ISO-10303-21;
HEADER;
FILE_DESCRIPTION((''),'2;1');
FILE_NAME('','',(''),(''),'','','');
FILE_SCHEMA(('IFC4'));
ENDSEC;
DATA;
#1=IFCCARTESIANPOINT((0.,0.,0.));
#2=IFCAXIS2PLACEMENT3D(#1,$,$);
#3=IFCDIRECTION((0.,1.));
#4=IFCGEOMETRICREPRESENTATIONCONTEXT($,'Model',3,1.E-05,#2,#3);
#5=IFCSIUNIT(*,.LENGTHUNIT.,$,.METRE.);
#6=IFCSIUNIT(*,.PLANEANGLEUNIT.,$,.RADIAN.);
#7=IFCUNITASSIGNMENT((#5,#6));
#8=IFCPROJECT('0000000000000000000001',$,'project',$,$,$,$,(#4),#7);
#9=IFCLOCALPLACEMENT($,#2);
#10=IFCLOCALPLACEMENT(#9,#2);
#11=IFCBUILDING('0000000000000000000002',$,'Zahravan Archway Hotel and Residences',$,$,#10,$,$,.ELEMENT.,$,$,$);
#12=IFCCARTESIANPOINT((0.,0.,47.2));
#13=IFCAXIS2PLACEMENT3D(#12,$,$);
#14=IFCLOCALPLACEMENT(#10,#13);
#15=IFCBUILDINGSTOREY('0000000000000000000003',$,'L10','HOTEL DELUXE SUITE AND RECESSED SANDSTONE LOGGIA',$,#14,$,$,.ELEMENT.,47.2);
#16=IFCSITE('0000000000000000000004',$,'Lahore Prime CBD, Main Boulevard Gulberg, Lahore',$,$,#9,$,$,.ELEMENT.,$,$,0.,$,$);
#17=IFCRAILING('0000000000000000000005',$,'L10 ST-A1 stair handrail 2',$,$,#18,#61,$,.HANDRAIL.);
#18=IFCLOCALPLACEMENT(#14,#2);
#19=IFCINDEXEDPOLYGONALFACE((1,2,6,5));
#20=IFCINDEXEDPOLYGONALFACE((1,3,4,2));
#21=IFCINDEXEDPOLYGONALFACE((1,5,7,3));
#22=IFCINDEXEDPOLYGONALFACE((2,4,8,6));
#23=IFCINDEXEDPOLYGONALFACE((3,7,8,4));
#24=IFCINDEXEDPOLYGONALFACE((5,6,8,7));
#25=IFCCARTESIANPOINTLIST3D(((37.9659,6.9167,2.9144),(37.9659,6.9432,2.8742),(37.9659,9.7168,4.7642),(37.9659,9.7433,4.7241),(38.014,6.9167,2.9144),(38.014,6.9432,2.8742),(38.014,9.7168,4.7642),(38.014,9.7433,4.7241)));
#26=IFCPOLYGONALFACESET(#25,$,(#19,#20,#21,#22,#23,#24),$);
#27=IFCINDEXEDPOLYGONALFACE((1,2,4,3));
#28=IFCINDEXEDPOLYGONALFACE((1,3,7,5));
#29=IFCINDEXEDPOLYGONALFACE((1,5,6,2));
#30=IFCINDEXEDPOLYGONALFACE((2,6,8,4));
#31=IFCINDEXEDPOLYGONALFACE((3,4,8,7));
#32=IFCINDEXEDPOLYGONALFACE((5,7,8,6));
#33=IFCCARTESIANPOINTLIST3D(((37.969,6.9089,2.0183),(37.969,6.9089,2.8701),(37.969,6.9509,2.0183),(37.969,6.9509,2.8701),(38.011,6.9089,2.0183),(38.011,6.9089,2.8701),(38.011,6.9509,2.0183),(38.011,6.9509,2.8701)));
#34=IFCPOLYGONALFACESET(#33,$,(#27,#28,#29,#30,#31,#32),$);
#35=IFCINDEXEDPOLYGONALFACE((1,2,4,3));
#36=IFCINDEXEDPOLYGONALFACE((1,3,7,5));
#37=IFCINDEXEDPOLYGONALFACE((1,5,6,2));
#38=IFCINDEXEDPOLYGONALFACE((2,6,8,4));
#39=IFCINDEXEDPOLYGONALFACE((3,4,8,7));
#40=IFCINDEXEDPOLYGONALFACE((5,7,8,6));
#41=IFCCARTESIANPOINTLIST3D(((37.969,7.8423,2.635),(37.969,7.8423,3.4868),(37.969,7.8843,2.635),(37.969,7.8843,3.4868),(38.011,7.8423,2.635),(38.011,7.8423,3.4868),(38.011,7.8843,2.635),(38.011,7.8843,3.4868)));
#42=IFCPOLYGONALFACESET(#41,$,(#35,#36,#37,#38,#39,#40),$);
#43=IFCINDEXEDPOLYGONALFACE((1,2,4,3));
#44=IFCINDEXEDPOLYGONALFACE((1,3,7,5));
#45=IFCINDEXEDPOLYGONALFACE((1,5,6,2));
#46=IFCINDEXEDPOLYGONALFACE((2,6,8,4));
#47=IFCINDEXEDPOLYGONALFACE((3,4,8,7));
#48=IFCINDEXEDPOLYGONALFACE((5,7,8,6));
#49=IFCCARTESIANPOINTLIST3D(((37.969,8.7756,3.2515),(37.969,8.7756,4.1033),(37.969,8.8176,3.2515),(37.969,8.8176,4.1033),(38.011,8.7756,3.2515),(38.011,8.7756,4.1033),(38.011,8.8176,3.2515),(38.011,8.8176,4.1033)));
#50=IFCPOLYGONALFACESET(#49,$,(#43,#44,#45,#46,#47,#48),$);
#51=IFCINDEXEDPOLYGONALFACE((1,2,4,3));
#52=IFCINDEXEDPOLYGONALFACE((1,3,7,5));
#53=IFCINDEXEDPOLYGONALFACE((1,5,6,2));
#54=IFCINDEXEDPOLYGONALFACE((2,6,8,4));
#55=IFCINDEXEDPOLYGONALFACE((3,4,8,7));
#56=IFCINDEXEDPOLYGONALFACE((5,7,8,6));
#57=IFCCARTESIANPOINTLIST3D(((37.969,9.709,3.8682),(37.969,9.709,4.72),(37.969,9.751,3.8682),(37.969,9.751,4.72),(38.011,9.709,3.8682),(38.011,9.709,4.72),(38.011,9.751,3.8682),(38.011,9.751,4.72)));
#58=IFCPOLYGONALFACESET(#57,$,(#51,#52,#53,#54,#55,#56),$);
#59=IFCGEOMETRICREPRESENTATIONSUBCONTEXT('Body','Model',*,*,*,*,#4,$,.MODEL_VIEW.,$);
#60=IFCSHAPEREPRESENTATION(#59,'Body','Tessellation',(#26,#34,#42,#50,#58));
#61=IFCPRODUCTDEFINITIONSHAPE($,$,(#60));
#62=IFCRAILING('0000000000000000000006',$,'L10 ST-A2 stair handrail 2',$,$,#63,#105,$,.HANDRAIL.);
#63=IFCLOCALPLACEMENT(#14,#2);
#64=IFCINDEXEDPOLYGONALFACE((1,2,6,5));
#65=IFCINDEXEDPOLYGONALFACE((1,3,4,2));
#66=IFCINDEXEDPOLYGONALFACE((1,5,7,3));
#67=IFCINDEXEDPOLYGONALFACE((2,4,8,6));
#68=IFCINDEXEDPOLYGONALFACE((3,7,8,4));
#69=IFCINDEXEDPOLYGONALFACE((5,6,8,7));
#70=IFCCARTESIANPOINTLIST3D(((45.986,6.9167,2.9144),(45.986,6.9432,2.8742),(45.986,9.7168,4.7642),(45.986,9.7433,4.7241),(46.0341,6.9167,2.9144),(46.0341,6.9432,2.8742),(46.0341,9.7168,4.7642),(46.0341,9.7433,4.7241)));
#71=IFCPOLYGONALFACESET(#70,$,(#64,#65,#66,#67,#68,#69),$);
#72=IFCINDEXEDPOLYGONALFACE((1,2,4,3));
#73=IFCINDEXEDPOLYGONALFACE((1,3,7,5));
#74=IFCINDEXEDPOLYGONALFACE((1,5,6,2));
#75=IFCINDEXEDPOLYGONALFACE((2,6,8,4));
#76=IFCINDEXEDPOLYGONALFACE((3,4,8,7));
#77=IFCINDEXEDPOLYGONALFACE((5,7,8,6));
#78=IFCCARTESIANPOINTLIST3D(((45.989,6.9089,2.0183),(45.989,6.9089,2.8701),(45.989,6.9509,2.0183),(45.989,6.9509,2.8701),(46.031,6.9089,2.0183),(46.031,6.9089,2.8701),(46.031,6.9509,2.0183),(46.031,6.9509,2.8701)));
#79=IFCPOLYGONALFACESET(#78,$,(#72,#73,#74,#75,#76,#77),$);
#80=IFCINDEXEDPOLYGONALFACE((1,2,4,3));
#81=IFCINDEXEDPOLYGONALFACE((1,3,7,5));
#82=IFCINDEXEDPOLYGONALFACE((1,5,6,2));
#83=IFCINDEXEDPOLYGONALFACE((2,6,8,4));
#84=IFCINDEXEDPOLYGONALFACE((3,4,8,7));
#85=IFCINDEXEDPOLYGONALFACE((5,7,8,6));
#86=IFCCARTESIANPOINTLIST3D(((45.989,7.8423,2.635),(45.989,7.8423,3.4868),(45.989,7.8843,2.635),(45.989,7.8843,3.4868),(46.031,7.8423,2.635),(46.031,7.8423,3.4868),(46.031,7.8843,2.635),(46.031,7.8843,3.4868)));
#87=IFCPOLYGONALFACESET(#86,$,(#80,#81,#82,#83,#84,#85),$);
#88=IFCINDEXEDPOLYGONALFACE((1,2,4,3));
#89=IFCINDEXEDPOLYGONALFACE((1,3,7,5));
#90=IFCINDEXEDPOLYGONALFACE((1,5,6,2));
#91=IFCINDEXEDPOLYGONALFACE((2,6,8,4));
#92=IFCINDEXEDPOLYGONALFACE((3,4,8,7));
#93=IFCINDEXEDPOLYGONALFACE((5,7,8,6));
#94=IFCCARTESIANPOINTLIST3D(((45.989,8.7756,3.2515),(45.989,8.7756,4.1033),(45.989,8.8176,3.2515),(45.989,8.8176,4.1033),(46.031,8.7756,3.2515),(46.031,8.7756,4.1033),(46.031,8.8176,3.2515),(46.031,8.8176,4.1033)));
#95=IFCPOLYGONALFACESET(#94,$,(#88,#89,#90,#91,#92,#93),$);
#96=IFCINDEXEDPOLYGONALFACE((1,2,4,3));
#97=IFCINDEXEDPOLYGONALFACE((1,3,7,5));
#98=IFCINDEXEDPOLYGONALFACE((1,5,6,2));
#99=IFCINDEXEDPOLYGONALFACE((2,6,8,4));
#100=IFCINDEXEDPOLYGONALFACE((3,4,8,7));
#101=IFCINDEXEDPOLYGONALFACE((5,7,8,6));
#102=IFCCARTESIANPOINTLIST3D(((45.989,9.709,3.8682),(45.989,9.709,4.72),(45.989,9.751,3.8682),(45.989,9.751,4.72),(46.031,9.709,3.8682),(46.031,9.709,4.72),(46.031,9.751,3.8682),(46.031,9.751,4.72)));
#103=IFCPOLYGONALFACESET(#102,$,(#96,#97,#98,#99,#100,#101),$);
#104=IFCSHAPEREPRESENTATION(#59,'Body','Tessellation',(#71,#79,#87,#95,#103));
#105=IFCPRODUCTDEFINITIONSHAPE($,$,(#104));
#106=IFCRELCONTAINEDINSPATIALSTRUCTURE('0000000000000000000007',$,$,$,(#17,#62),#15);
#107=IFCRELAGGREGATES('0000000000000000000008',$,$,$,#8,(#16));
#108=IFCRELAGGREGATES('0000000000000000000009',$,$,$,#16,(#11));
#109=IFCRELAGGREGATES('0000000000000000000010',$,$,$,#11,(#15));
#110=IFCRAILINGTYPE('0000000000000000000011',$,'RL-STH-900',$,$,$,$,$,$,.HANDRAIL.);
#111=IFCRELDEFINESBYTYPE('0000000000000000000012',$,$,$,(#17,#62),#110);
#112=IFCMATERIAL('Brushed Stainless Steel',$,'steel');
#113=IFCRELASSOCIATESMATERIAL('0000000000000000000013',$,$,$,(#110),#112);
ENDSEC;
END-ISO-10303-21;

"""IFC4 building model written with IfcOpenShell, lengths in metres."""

from ifc_helpers import new_model, si_unit, direction, frame, origin, origin_2d, place, context, subcontext, project, spatial, rectangle, extrude, material, type_object, element, save


model = new_model("IFC4")

# Units and contexts
model_context = context("Model", 3, precision=1e-05, world=origin(), true_north=direction((0.0, 1.0)))
body_context = subcontext(model_context, "Body", "Model", "MODEL_VIEW")
ifc_project = project(units=[si_unit("LENGTHUNIT", "METRE"), si_unit("PLANEANGLEUNIT", "RADIAN")], contexts=[model_context])

# Site, building, storey
site_placement = place(None, origin())
site = spatial("IfcSite", under=ifc_project, at=site_placement, Name="Lahore Prime CBD, Main Boulevard Gulberg, Lahore", CompositionType="ELEMENT", RefElevation=0.0)
building_placement = place(site_placement, origin())
building = spatial("IfcBuilding", under=site, at=building_placement, Name="Zahravan Archway Hotel and Residences", CompositionType="ELEMENT")
storey_placement = place(building_placement, frame((0.0, 0.0, 47.2)))
storey = spatial("IfcBuildingStorey", under=building, at=storey_placement, Name="L10", Description="HOTEL DELUXE SUITE AND RECESSED SANDSTONE LOGGIA", CompositionType="ELEMENT", Elevation=47.2)

# Railings
ifc_material_1 = material(Name="Brushed Stainless Steel", Category="steel")
railing_type_1 = type_object("IfcRailingType", Name="RL-STH-900", PredefinedType="HANDRAIL", material=ifc_material_1)
for number, where, name in (
    (1, (37.99, 6.9299, 2.0183), "L10 ST-A1 stair handrail 2"),
    (2, (46.01, 6.9299, 2.0183), "L10 ST-A2 stair handrail 2"),
):
    element("IfcRailing", number, at=place(storey_placement, frame(where)), inside=storey, type_object=railing_type_1, Name=name, PredefinedType="HANDRAIL", context=body_context, shape_type="SweptSolid", body=[
        extrude(rectangle(XDim=0.0481, YDim=0.0481, at=origin_2d()), frame((0.0, 0.0, 0.876), z_axis=(0.0, 0.83436, 0.55122), x_axis=(-1.0, 0.0, 0.0)), (0.0, 0.0, 1.0), 3.356),
        extrude(rectangle(XDim=0.042, YDim=0.042, at=origin_2d()), origin(), (0.0, 0.0, 1.0), 0.8518),
        extrude(rectangle(XDim=0.042, YDim=0.042, at=origin_2d()), frame((0.0, 0.9333, 0.6167)), (0.0, 0.0, 1.0), 0.8518),
        extrude(rectangle(XDim=0.042, YDim=0.042, at=origin_2d()), frame((0.0, 1.8667, 1.2332)), (0.0, 0.0, 1.0), 0.8518),
        extrude(rectangle(XDim=0.042, YDim=0.042, at=origin_2d()), frame((0.0, 2.8, 1.8499)), (0.0, 0.0, 1.0), 0.8518),
    ])

save(model, "model.ifc")
